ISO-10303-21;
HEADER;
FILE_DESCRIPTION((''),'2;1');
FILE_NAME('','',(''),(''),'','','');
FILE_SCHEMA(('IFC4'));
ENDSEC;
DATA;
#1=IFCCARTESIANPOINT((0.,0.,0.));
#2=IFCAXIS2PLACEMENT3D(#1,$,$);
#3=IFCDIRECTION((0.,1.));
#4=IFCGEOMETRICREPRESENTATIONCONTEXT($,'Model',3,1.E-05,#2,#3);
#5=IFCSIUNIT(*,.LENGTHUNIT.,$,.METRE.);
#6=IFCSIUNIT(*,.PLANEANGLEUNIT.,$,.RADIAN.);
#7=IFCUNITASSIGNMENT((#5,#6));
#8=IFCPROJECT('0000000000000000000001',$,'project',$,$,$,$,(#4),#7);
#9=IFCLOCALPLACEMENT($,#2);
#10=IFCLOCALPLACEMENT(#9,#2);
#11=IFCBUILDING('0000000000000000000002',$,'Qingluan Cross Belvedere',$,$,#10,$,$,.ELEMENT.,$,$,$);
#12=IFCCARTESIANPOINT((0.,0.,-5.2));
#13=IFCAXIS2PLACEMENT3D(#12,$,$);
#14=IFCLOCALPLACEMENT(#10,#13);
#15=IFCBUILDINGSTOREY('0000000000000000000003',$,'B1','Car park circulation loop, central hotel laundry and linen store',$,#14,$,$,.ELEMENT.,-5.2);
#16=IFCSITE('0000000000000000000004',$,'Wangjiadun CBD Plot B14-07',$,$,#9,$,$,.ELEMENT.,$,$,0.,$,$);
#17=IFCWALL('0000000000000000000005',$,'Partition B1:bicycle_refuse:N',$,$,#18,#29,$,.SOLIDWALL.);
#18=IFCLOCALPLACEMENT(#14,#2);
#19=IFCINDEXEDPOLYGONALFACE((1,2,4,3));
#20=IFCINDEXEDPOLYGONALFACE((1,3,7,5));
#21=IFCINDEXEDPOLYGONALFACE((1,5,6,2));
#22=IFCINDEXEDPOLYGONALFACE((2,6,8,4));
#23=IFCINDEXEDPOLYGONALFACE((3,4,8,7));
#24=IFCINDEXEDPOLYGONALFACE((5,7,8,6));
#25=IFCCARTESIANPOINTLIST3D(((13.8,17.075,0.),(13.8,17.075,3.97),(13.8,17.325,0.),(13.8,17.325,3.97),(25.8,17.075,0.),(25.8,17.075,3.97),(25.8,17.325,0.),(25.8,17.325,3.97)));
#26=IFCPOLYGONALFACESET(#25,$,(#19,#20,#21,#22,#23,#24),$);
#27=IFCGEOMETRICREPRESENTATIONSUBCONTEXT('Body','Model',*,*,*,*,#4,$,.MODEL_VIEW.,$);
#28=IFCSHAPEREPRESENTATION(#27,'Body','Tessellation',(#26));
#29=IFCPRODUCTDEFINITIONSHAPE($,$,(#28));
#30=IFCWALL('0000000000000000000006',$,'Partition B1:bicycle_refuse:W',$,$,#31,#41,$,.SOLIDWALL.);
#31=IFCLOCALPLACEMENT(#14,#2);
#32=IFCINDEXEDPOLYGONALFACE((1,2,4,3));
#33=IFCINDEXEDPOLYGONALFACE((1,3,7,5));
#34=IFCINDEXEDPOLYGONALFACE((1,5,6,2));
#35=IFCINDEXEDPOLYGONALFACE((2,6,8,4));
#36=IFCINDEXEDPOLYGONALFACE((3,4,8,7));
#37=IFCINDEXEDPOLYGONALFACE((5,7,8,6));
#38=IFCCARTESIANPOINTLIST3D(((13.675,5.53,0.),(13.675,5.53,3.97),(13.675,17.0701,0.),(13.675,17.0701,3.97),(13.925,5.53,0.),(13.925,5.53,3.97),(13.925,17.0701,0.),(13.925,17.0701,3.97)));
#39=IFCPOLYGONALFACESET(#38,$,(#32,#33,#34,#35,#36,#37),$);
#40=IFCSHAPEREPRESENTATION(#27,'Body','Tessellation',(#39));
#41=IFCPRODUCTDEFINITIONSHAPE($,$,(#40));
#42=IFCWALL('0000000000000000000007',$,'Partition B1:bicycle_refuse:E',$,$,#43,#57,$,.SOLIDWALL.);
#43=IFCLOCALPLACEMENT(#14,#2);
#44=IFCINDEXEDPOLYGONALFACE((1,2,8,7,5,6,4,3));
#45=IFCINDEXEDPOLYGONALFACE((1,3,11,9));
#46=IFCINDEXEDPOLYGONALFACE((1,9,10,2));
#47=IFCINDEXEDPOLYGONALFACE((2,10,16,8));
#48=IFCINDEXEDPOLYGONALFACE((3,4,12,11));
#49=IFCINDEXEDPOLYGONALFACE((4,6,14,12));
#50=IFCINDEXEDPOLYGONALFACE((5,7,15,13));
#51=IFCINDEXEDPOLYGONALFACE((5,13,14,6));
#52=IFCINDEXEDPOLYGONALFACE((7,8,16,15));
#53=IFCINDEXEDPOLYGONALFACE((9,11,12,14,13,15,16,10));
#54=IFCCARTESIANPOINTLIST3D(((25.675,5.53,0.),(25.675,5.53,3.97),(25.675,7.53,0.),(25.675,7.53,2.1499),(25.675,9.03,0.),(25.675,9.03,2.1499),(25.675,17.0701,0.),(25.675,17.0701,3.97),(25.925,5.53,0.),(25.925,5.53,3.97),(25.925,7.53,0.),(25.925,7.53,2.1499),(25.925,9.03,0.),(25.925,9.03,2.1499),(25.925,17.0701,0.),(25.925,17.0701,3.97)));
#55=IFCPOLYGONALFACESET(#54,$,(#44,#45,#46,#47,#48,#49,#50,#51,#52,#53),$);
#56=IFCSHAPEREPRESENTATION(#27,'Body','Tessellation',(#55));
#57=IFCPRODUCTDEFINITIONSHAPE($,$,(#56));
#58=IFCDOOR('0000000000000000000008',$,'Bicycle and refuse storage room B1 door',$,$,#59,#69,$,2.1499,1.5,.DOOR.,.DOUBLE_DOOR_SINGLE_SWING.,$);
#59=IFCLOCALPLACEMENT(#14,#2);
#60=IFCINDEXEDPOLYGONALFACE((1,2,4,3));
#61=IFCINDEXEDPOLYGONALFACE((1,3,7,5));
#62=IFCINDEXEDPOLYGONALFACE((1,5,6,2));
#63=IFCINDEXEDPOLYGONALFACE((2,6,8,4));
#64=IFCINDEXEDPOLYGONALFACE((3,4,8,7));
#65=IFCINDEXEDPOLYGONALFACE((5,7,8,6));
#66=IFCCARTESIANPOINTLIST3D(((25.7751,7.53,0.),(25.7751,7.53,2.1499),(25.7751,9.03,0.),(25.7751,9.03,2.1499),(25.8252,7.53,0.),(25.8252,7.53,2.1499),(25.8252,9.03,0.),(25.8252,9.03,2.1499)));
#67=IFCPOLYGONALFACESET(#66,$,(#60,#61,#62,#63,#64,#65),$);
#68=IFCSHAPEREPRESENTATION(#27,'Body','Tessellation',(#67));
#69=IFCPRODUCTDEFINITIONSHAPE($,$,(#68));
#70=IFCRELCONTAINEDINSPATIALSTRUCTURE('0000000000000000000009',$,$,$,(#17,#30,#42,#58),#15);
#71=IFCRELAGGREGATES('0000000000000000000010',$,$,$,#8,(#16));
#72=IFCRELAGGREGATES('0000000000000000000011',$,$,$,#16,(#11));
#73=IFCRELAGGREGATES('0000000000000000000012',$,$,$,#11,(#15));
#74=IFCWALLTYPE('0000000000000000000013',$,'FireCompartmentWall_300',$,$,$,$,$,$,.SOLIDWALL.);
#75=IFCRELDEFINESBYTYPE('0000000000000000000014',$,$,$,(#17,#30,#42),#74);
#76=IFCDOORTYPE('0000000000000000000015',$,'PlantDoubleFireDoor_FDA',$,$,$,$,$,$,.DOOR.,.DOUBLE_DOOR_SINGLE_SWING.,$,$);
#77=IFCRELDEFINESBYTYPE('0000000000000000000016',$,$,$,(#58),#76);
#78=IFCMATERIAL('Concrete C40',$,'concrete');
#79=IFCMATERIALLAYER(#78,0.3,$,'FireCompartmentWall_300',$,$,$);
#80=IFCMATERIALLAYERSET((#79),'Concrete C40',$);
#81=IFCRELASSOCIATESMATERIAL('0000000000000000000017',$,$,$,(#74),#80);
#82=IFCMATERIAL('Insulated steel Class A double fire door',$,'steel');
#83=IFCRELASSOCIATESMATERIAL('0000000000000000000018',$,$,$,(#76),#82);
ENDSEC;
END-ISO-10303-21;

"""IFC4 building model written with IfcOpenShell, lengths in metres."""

from ifc_helpers import new_model, si_unit, direction, frame, frame_2d, origin, place, context, subcontext, project, spatial, rectangle, extrude, material, layer, layer_set, type_object, element, fill, save


model = new_model("IFC4")

# Units and contexts
model_context = context("Model", 3, precision=1e-05, world=origin(), true_north=direction((0.0, 1.0)))
body_context = subcontext(model_context, "Body", "Model", "MODEL_VIEW")
ifc_project = project(units=[si_unit("LENGTHUNIT", "METRE"), si_unit("PLANEANGLEUNIT", "RADIAN")], contexts=[model_context])

# Site, building, storey
site_placement = place(None, origin())
site = spatial("IfcSite", under=ifc_project, at=site_placement, Name="Wangjiadun CBD Plot B14-07", CompositionType="ELEMENT", RefElevation=0.0)
building_placement = place(site_placement, origin())
building = spatial("IfcBuilding", under=site, at=building_placement, Name="Qingluan Cross Belvedere", CompositionType="ELEMENT")
storey_placement = place(building_placement, frame((0.0, 0.0, -5.2)))
storey = spatial("IfcBuildingStorey", under=building, at=storey_placement, Name="B1", Description="Car park circulation loop, central hotel laundry and linen store", CompositionType="ELEMENT", Elevation=-5.2)

# Walls
ifc_material_1 = material(Name="Concrete C40", Category="concrete")
ifc_layer_1 = layer(ifc_material_1, 0.3, Name="FireCompartmentWall_300")
ifc_layer_set_1 = layer_set([ifc_layer_1], Name="Concrete C40")
wall_type_1 = type_object("IfcWallType", Name="FireCompartmentWall_300", PredefinedType="SOLIDWALL", material=ifc_layer_set_1)
for number, where, z_axis, x_axis, name in (
    (1, (13.8, 17.2, 0.0), (0.0, 0.0, 1.0), (1.0, 0.0, 0.0), "Partition B1:bicycle_refuse:N"),
):
    element("IfcWall", number, at=place(storey_placement, frame(where, z_axis=z_axis, x_axis=x_axis)), inside=storey, type_object=wall_type_1, Name=name, PredefinedType="SOLIDWALL", context=body_context, shape_type="SweptSolid", body=[
        extrude(rectangle(XDim=12.0, YDim=0.25, at=frame_2d((6.0, 0.0))), origin(), (0.0, 0.0, 1.0), 3.97),
    ])
wall_1_placement = place(storey_placement, frame((13.8, 5.53, 0.0), z_axis=(0.0, 0.0, 1.0), x_axis=(0.0, 1.0, 0.0)))
element("IfcWall", 2, at=wall_1_placement, inside=storey, type_object=wall_type_1, Name="Partition B1:bicycle_refuse:W", PredefinedType="SOLIDWALL", context=body_context, shape_type="SweptSolid", body=[
    extrude(rectangle(XDim=11.54, YDim=0.25, at=frame_2d((5.77, 0.0))), origin(), (0.0, 0.0, 1.0), 3.97),
])

# Wall, opening, door
wall_2_placement = place(storey_placement, frame((25.8, 5.53, 0.0), z_axis=(0.0, 0.0, 1.0), x_axis=(0.0, 1.0, 0.0)))
wall_2 = element("IfcWall", 3, at=wall_2_placement, inside=storey, type_object=wall_type_1, Name="Partition B1:bicycle_refuse:E", PredefinedType="SOLIDWALL", context=body_context, shape_type="SweptSolid", body=[
    extrude(rectangle(XDim=11.54, YDim=0.25, at=frame_2d((5.77, 0.0))), origin(), (0.0, 0.0, 1.0), 3.97),
])
opening_placement = place(wall_2_placement, frame((2.0, 0.0, 0.0)))
opening = element("IfcOpeningElement", 4, at=opening_placement, cuts=wall_2, PredefinedType="OPENING", context=body_context, shape_type="SweptSolid", body=[
    extrude(rectangle(XDim=1.5, YDim=2.1499, at=frame_2d((0.75, 1.075))), frame((0.0, 0.135, 0.0), z_axis=(0.0, -1.0, 0.0), x_axis=(1.0, 0.0, 0.0)), (0.0, 0.0, 1.0), 0.27),
])
ifc_material_2 = material(Name="Insulated steel Class A double fire door", Category="steel")
door_type = type_object("IfcDoorType", Name="PlantDoubleFireDoor_FDA", OperationType="DOUBLE_DOOR_SINGLE_SWING", PredefinedType="DOOR", material=ifc_material_2)
door_placement = place(opening_placement, origin())
door = element("IfcDoor", 5, at=door_placement, inside=storey, type_object=door_type, Name="Bicycle and refuse storage room B1 door", OperationType="DOUBLE_DOOR_SINGLE_SWING", OverallHeight=2.1499, OverallWidth=1.5, PredefinedType="DOOR", context=body_context, shape_type="SweptSolid", body=[
    extrude(rectangle(XDim=1.5, YDim=2.1499, at=frame_2d((0.75, 1.075))), frame((0.0, 0.0249, 0.0), z_axis=(0.0, -1.0, 0.0), x_axis=(1.0, 0.0, 0.0)), (0.0, 0.0, 1.0), 0.05),
])
fill(opening, door)

save(model, "model.ifc")
